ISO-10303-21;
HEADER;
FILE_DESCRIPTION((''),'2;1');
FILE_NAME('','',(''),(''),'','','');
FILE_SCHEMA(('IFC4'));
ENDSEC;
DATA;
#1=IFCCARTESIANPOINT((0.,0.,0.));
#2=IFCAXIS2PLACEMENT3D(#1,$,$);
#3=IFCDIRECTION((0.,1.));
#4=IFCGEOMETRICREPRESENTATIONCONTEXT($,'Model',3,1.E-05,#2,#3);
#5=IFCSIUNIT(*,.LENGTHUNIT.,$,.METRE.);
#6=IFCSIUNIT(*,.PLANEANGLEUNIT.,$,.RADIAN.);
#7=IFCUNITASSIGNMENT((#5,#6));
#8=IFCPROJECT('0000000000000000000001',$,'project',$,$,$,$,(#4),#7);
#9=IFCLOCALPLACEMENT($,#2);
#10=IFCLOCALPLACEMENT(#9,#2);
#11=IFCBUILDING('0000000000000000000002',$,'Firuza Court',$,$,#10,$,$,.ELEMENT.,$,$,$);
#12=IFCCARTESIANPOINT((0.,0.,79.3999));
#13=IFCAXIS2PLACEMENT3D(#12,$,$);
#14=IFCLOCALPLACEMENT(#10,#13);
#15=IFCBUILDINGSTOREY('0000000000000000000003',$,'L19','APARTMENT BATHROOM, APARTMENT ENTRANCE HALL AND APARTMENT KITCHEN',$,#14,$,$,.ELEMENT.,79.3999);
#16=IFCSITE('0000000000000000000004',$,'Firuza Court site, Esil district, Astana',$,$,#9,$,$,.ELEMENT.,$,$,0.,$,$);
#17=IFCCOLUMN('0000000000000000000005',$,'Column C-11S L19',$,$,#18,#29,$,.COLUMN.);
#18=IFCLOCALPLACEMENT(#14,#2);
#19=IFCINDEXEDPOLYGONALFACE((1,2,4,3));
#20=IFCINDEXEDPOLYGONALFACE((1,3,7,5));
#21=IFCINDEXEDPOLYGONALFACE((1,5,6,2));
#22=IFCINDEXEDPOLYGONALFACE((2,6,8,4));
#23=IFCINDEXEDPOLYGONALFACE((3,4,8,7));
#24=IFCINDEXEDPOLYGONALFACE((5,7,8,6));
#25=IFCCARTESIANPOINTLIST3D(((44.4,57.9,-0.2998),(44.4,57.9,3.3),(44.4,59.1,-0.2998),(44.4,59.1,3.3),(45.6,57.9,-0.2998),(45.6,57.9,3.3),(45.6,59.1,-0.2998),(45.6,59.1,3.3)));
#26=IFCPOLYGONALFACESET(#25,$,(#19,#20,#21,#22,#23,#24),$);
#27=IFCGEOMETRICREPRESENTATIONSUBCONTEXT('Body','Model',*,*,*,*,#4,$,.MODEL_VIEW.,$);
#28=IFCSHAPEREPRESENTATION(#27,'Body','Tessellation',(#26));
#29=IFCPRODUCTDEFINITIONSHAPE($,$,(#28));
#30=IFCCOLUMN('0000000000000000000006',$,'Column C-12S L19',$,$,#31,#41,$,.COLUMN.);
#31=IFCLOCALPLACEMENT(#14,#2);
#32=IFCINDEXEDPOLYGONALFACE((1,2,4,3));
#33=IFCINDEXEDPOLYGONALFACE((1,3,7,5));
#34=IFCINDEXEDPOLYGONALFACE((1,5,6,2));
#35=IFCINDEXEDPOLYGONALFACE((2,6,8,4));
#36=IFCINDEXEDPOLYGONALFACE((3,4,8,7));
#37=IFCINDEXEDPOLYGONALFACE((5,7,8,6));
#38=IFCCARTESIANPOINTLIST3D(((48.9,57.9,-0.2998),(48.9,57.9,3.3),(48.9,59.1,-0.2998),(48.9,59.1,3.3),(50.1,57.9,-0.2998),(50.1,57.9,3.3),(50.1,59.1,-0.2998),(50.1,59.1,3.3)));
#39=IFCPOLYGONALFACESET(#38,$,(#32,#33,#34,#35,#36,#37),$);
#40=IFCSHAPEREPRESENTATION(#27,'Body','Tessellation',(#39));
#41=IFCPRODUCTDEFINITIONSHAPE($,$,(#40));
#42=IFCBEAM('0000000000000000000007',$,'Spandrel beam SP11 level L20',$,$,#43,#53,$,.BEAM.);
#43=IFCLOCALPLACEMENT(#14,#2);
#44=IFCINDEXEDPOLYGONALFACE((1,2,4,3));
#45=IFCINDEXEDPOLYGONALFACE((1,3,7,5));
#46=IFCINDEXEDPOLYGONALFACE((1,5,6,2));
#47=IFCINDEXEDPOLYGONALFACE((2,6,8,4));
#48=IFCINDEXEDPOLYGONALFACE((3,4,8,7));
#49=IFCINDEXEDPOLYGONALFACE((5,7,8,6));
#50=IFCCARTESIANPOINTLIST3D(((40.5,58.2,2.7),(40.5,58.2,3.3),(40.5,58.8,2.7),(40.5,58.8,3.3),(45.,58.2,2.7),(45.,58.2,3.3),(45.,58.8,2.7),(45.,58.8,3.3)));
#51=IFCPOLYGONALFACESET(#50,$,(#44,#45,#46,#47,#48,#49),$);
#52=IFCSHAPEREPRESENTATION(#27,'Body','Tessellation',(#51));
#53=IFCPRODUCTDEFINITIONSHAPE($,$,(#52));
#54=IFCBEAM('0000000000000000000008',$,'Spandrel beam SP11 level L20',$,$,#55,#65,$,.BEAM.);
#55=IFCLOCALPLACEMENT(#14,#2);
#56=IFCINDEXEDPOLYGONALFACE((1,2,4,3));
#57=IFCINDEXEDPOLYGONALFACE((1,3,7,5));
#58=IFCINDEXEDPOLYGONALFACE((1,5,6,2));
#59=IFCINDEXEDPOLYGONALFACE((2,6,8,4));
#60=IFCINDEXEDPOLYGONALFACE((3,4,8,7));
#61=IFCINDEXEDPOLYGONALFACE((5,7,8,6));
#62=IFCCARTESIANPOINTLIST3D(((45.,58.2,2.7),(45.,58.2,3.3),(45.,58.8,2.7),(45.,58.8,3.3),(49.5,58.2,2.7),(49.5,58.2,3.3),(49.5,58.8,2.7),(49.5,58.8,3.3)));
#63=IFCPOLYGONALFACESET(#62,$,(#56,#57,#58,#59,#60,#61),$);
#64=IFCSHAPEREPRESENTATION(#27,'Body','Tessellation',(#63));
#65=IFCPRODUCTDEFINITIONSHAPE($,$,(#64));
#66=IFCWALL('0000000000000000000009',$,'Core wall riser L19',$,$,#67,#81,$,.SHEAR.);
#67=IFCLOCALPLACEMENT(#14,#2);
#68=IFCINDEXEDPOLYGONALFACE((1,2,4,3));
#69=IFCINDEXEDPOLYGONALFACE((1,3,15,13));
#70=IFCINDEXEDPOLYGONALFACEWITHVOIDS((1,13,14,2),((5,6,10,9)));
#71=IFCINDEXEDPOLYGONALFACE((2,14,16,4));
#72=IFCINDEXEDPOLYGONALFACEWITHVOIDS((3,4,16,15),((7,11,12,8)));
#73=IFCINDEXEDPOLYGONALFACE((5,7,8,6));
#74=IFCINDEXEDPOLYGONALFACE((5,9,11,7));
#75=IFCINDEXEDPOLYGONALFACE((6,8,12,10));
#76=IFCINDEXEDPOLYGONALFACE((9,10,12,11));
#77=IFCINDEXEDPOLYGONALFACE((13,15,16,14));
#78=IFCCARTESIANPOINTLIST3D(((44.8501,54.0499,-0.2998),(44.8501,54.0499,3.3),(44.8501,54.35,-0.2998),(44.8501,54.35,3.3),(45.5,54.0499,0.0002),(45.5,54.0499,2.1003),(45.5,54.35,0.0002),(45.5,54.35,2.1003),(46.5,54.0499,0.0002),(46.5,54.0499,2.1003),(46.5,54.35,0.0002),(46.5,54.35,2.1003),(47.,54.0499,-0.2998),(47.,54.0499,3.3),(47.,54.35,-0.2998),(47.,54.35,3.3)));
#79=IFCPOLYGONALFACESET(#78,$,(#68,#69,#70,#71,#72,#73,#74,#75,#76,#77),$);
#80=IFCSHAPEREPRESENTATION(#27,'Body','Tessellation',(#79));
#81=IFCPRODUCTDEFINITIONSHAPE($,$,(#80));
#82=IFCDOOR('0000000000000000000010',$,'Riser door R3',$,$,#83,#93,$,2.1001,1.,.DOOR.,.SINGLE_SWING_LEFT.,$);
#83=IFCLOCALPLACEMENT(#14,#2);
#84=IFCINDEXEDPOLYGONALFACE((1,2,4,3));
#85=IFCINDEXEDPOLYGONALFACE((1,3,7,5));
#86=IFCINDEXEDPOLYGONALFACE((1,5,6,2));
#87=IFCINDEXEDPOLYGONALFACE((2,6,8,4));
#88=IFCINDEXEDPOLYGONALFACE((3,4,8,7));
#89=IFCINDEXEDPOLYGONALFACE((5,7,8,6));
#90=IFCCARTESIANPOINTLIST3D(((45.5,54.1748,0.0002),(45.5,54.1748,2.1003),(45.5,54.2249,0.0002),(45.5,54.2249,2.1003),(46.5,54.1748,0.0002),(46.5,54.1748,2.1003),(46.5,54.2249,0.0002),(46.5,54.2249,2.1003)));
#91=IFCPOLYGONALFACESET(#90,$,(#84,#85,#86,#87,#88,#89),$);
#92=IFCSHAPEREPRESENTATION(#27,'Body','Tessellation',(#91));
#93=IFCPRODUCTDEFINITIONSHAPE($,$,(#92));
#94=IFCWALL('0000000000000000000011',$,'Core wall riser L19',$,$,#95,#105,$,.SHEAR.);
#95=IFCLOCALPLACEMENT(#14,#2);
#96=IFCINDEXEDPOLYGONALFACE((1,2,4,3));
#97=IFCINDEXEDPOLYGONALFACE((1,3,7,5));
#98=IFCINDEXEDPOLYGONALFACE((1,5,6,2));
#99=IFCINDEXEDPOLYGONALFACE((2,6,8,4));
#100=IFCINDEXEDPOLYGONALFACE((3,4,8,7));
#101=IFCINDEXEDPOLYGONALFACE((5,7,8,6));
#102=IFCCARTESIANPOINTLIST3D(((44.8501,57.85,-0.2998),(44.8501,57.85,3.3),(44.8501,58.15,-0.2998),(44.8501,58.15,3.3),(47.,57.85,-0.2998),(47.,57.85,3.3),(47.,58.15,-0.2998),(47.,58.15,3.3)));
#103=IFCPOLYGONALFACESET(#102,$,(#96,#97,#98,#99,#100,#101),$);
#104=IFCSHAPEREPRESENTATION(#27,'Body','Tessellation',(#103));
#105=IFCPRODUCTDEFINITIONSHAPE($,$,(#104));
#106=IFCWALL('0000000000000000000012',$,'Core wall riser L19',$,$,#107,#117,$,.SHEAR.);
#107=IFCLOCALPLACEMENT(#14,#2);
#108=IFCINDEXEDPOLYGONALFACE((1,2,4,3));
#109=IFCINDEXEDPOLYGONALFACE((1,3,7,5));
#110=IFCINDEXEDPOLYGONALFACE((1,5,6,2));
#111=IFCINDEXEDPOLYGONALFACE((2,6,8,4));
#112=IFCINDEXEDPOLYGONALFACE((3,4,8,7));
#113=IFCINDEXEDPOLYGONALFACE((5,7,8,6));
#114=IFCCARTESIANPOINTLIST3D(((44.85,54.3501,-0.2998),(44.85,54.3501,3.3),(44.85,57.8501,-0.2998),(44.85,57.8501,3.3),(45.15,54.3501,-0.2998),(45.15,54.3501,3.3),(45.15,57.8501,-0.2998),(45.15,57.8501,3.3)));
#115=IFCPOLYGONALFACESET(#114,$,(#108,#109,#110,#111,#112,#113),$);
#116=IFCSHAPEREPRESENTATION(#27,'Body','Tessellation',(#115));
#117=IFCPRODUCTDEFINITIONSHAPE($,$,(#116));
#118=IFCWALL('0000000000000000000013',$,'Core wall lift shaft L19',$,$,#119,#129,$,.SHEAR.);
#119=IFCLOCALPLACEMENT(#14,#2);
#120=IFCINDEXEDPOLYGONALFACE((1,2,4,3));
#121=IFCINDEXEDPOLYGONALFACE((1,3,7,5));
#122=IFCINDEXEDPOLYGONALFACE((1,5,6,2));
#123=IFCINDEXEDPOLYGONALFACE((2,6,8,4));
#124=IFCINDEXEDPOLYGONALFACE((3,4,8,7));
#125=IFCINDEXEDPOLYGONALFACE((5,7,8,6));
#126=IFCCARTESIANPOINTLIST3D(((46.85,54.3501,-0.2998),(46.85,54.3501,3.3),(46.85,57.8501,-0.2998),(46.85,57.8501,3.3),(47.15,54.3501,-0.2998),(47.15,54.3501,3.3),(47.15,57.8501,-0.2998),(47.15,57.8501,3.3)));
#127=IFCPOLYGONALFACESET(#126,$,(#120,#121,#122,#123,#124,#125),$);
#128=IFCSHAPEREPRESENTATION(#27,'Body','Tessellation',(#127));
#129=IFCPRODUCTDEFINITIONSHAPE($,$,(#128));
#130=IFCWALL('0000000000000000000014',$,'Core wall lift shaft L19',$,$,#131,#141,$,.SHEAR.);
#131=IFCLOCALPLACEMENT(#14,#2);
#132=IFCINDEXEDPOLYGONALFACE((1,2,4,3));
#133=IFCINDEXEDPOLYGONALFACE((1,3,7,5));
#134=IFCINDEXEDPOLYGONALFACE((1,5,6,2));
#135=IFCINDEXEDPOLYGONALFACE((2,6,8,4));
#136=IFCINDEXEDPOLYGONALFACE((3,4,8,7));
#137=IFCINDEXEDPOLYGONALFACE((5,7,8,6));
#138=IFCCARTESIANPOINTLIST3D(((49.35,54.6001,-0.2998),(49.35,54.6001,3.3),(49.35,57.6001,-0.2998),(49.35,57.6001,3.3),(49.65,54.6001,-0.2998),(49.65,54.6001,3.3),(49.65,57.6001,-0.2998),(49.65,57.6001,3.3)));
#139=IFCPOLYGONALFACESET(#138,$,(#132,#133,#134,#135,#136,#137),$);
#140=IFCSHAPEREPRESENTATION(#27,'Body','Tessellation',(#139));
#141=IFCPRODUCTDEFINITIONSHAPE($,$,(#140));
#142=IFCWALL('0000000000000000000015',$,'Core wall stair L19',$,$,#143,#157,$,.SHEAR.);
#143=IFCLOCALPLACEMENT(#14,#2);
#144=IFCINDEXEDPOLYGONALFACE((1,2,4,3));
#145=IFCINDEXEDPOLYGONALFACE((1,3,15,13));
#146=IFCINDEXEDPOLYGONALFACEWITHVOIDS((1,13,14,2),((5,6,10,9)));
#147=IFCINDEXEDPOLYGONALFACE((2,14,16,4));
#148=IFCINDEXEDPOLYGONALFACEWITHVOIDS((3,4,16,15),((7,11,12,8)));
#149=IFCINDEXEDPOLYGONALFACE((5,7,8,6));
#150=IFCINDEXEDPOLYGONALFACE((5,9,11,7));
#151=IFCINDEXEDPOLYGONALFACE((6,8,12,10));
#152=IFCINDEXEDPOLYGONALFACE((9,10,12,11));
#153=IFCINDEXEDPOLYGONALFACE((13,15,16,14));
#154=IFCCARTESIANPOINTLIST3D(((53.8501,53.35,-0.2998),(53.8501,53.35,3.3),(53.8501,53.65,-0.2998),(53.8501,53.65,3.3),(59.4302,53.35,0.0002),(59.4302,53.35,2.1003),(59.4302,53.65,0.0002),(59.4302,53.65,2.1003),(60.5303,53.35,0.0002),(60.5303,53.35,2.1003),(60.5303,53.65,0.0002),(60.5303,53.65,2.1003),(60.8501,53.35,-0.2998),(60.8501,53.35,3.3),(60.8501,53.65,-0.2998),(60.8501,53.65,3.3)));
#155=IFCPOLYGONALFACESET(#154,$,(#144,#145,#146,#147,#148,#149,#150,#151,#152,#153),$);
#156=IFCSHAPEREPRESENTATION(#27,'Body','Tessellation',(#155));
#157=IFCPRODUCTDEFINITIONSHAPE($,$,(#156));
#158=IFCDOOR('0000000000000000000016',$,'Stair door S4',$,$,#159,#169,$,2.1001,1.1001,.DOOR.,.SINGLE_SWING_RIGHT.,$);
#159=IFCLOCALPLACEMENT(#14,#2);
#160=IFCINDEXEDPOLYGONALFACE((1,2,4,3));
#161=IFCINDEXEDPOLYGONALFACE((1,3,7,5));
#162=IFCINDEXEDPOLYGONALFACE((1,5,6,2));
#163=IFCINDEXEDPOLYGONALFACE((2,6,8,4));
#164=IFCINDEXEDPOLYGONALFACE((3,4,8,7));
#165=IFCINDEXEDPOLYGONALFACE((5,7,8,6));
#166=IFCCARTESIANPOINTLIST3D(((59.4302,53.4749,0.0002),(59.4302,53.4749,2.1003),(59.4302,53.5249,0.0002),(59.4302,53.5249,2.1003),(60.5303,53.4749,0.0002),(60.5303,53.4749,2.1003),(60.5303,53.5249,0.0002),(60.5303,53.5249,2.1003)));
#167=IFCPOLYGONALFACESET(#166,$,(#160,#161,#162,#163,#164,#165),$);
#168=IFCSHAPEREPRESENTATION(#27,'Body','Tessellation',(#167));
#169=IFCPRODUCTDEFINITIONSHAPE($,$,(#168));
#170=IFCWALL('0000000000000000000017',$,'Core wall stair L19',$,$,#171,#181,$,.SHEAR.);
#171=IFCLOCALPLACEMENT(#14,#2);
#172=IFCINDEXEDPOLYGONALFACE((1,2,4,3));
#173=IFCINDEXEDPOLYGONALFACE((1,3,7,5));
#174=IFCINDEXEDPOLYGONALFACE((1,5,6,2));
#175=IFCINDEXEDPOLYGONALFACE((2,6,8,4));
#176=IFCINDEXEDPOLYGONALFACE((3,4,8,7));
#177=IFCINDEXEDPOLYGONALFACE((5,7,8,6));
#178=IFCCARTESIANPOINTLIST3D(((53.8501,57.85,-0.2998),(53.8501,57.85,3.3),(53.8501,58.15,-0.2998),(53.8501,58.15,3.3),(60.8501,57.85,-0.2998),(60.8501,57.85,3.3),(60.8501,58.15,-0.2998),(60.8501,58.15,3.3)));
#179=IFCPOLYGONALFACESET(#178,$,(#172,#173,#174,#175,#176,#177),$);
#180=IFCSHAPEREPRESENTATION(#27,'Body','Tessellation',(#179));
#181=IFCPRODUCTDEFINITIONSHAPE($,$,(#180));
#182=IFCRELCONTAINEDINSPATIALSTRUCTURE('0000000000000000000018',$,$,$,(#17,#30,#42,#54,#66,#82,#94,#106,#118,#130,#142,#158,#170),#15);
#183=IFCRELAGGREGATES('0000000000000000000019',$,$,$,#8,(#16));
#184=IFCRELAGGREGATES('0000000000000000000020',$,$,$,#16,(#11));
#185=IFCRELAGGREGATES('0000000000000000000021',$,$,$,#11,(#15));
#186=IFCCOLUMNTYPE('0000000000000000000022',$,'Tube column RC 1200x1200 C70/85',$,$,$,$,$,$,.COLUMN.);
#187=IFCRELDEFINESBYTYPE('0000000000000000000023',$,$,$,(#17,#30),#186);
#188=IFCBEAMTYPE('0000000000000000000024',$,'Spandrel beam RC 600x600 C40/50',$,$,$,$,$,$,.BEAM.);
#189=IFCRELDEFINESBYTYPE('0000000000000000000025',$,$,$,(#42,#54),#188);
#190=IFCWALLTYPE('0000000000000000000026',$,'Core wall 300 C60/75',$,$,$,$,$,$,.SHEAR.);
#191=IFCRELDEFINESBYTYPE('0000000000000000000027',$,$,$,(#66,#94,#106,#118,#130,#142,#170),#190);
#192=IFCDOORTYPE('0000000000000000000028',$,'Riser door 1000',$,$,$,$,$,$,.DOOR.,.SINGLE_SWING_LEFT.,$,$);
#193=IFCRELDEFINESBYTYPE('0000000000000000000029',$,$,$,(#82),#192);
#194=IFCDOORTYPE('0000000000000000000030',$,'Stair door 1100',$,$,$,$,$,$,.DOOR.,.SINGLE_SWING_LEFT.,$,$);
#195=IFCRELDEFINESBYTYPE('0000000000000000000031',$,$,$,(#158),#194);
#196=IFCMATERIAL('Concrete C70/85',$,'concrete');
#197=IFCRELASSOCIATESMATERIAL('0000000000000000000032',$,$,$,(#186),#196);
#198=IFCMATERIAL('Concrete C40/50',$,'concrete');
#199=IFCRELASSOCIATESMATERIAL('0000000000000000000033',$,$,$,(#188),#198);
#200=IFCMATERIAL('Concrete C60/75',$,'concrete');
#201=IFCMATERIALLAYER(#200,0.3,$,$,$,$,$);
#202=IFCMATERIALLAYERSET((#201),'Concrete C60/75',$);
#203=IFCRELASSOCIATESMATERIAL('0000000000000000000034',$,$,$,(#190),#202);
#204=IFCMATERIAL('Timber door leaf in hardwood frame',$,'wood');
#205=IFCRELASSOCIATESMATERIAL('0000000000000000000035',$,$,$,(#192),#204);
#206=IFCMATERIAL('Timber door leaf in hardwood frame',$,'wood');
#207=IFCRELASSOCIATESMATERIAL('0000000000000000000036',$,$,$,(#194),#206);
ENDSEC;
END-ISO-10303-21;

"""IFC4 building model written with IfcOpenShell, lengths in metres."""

from ifc_helpers import new_model, si_unit, direction, frame, frame_2d, origin, origin_2d, place, context, subcontext, project, spatial, rectangle, extrude, material, layer, layer_set, material_profile, profile_set, type_object, element, fill, save


model = new_model("IFC4")

# Units and contexts
model_context = context("Model", 3, precision=1e-05, world=origin(), true_north=direction((0.0, 1.0)))
body_context = subcontext(model_context, "Body", "Model", "MODEL_VIEW")
ifc_project = project(units=[si_unit("LENGTHUNIT", "METRE"), si_unit("PLANEANGLEUNIT", "RADIAN")], contexts=[model_context])

# Site, building, storey
site_placement = place(None, origin())
site = spatial("IfcSite", under=ifc_project, at=site_placement, Name="Firuza Court site, Esil district, Astana", CompositionType="ELEMENT", RefElevation=0.0)
building_placement = place(site_placement, origin())
building = spatial("IfcBuilding", under=site, at=building_placement, Name="Firuza Court", CompositionType="ELEMENT")
storey_placement = place(building_placement, frame((0.0, 0.0, 79.3999)))
storey = spatial("IfcBuildingStorey", under=building, at=storey_placement, Name="L19", Description="APARTMENT BATHROOM, APARTMENT ENTRANCE HALL AND APARTMENT KITCHEN", CompositionType="ELEMENT", Elevation=79.3999)

# Columns
ifc_material_1 = material(Name="Concrete C70/85", Category="concrete")
ifc_material_profile_1 = material_profile(ifc_material_1, rectangle(XDim=1.2, YDim=1.2, at=origin_2d()), Name="RC 1200x1200")
ifc_profile_set_1 = profile_set([ifc_material_profile_1], Name="Concrete C70/85")
column_type = type_object("IfcColumnType", Name="Tube column RC 1200x1200 C70/85", PredefinedType="COLUMN", material=ifc_profile_set_1)
for number, where, z_axis, x_axis, name in (
    (1, (45.0, 58.5, -0.2998), (0.0, 0.0, 1.0), (1.0, 0.0, 0.0), "Column C-11S L19"),
    (2, (49.5, 58.5, -0.2998), (0.0, 0.0, 1.0), (1.0, 0.0, 0.0), "Column C-12S L19"),
):
    element("IfcColumn", number, at=place(storey_placement, frame(where, z_axis=z_axis, x_axis=x_axis)), inside=storey, type_object=column_type, Name=name, PredefinedType="COLUMN", context=body_context, shape_type="SweptSolid", body=[
        extrude(rectangle(XDim=1.2, YDim=1.2, at=origin_2d()), origin(), (0.0, 0.0, 1.0), 3.5999),
    ])

# Beams
ifc_material_2 = material(Name="Concrete C40/50", Category="concrete")
ifc_material_profile_2 = material_profile(ifc_material_2, rectangle(XDim=0.6001, YDim=0.6001, at=origin_2d()), Name="RC 600x600")
ifc_profile_set_2 = profile_set([ifc_material_profile_2], Name="Concrete C40/50")
beam_type = type_object("IfcBeamType", Name="Spandrel beam RC 600x600 C40/50", PredefinedType="BEAM", material=ifc_profile_set_2)
for number, where, z_axis, x_axis, name in (
    (3, (45.0, 58.5, 3.0), (-1.0, 0.0, 0.0), (0.0, -1.0, 0.0), "Spandrel beam SP11 level L20"),
    (4, (49.5, 58.5, 3.0), (-1.0, 0.0, 0.0), (0.0, -1.0, 0.0), "Spandrel beam SP11 level L20"),
):
    element("IfcBeam", number, at=place(storey_placement, frame(where, z_axis=z_axis, x_axis=x_axis)), inside=storey, type_object=beam_type, Name=name, PredefinedType="BEAM", context=body_context, shape_type="SweptSolid", body=[
        extrude(rectangle(XDim=0.6001, YDim=0.6001, at=origin_2d()), origin(), (0.0, 0.0, 1.0), 4.5),
    ])

# Wall, opening, door
ifc_material_3 = material(Name="Concrete C60/75", Category="concrete")
ifc_layer_1 = layer(ifc_material_3, 0.3)
ifc_layer_set_1 = layer_set([ifc_layer_1], Name="Concrete C60/75")
wall_type_1 = type_object("IfcWallType", Name="Core wall 300 C60/75", PredefinedType="SHEAR", material=ifc_layer_set_1)
wall_1_placement = place(storey_placement, frame((44.8501, 54.2, -0.2998), z_axis=(0.0, 0.0, 1.0), x_axis=(1.0, 0.0, 0.0)))
wall_1 = element("IfcWall", 5, at=wall_1_placement, inside=storey, type_object=wall_type_1, Name="Core wall riser L19", PredefinedType="SHEAR", context=body_context, shape_type="SweptSolid", body=[
    extrude(rectangle(XDim=2.1499, YDim=0.3, at=frame_2d((1.075, 0.0))), origin(), (0.0, 0.0, 1.0), 3.5999),
])
opening_1_placement = place(wall_1_placement, frame((0.6499, 0.0, 0.3)))
opening_1 = element("IfcOpeningElement", 6, at=opening_1_placement, cuts=wall_1, PredefinedType="OPENING", context=body_context, shape_type="SweptSolid", body=[
    extrude(rectangle(XDim=1.0, YDim=2.1001, at=frame_2d((0.5, 1.05))), frame((0.0, 0.1621, 0.0), z_axis=(0.0, -1.0, 0.0), x_axis=(1.0, 0.0, 0.0)), (0.0, 0.0, 1.0), 0.324),
])
ifc_material_4 = material(Name="Timber door leaf in hardwood frame", Category="wood")
door_type_1 = type_object("IfcDoorType", Name="Riser door 1000", OperationType="SINGLE_SWING_LEFT", PredefinedType="DOOR", material=ifc_material_4)
door_1_placement = place(opening_1_placement, origin())
door_1 = element("IfcDoor", 7, at=door_1_placement, inside=storey, type_object=door_type_1, Name="Riser door R3", OperationType="SINGLE_SWING_LEFT", OverallHeight=2.1001, OverallWidth=1.0, PredefinedType="DOOR", context=body_context, shape_type="SweptSolid", body=[
    extrude(rectangle(XDim=1.0, YDim=2.1001, at=frame_2d((0.5, 1.05))), frame((0.0, 0.0249, 0.0), z_axis=(0.0, -1.0, 0.0), x_axis=(1.0, 0.0, 0.0)), (0.0, 0.0, 1.0), 0.05),
])
fill(opening_1, door_1)

# Walls
wall_2_placement = place(storey_placement, frame((44.8501, 58.0, -0.2998), z_axis=(0.0, 0.0, 1.0), x_axis=(1.0, 0.0, 0.0)))
element("IfcWall", 8, at=wall_2_placement, inside=storey, type_object=wall_type_1, Name="Core wall riser L19", PredefinedType="SHEAR", context=body_context, shape_type="SweptSolid", body=[
    extrude(rectangle(XDim=2.1499, YDim=0.3, at=frame_2d((1.075, 0.0))), origin(), (0.0, 0.0, 1.0), 3.5999),
])
for number, where, z_axis, x_axis, name in (
    (9, (45.0, 54.3501, -0.2998), (0.0, 0.0, 1.0), (0.0, 1.0, 0.0), "Core wall riser L19"),
    (10, (47.0, 54.3501, -0.2998), (0.0, 0.0, 1.0), (0.0, 1.0, 0.0), "Core wall lift shaft L19"),
):
    element("IfcWall", number, at=place(storey_placement, frame(where, z_axis=z_axis, x_axis=x_axis)), inside=storey, type_object=wall_type_1, Name=name, PredefinedType="SHEAR", context=body_context, shape_type="SweptSolid", body=[
        extrude(rectangle(XDim=3.5, YDim=0.3, at=frame_2d((1.75, 0.0))), origin(), (0.0, 0.0, 1.0), 3.5999),
    ])
wall_3_placement = place(storey_placement, frame((49.5, 54.6001, -0.2998), z_axis=(0.0, 0.0, 1.0), x_axis=(0.0, 1.0, 0.0)))
element("IfcWall", 11, at=wall_3_placement, inside=storey, type_object=wall_type_1, Name="Core wall lift shaft L19", PredefinedType="SHEAR", context=body_context, shape_type="SweptSolid", body=[
    extrude(rectangle(XDim=3.0, YDim=0.3, at=frame_2d((1.5, 0.0))), origin(), (0.0, 0.0, 1.0), 3.5999),
])

# Wall, opening, door
wall_4_placement = place(storey_placement, frame((53.8501, 53.5, -0.2998), z_axis=(0.0, 0.0, 1.0), x_axis=(1.0, 0.0, 0.0)))
wall_4 = element("IfcWall", 12, at=wall_4_placement, inside=storey, type_object=wall_type_1, Name="Core wall stair L19", PredefinedType="SHEAR", context=body_context, shape_type="SweptSolid", body=[
    extrude(rectangle(XDim=7.0, YDim=0.3, at=frame_2d((3.5, 0.0))), origin(), (0.0, 0.0, 1.0), 3.5999),
])
opening_2_placement = place(wall_4_placement, frame((5.5801, 0.0, 0.3)))
opening_2 = element("IfcOpeningElement", 13, at=opening_2_placement, cuts=wall_4, PredefinedType="OPENING", context=body_context, shape_type="SweptSolid", body=[
    extrude(rectangle(XDim=1.1001, YDim=2.1001, at=frame_2d((0.55, 1.05))), frame((0.0, 0.1621, 0.0), z_axis=(0.0, -1.0, 0.0), x_axis=(1.0, 0.0, 0.0)), (0.0, 0.0, 1.0), 0.324),
])
ifc_material_5 = material(Name="Timber door leaf in hardwood frame", Category="wood")
door_type_2 = type_object("IfcDoorType", Name="Stair door 1100", OperationType="SINGLE_SWING_LEFT", PredefinedType="DOOR", material=ifc_material_5)
door_2_placement = place(opening_2_placement, origin())
door_2 = element("IfcDoor", 14, at=door_2_placement, inside=storey, type_object=door_type_2, Name="Stair door S4", OperationType="SINGLE_SWING_RIGHT", OverallHeight=2.1001, OverallWidth=1.1001, PredefinedType="DOOR", context=body_context, shape_type="SweptSolid", body=[
    extrude(rectangle(XDim=1.1001, YDim=2.1001, at=frame_2d((0.55, 1.05))), frame((0.0, 0.0249, 0.0), z_axis=(0.0, -1.0, 0.0), x_axis=(1.0, 0.0, 0.0)), (0.0, 0.0, 1.0), 0.05),
])
fill(opening_2, door_2)

# Wall
wall_5_placement = place(storey_placement, frame((53.8501, 58.0, -0.2998), z_axis=(0.0, 0.0, 1.0), x_axis=(1.0, 0.0, 0.0)))
element("IfcWall", 15, at=wall_5_placement, inside=storey, type_object=wall_type_1, Name="Core wall stair L19", PredefinedType="SHEAR", context=body_context, shape_type="SweptSolid", body=[
    extrude(rectangle(XDim=7.0, YDim=0.3, at=frame_2d((3.5, 0.0))), origin(), (0.0, 0.0, 1.0), 3.5999),
])

save(model, "model.ifc")
